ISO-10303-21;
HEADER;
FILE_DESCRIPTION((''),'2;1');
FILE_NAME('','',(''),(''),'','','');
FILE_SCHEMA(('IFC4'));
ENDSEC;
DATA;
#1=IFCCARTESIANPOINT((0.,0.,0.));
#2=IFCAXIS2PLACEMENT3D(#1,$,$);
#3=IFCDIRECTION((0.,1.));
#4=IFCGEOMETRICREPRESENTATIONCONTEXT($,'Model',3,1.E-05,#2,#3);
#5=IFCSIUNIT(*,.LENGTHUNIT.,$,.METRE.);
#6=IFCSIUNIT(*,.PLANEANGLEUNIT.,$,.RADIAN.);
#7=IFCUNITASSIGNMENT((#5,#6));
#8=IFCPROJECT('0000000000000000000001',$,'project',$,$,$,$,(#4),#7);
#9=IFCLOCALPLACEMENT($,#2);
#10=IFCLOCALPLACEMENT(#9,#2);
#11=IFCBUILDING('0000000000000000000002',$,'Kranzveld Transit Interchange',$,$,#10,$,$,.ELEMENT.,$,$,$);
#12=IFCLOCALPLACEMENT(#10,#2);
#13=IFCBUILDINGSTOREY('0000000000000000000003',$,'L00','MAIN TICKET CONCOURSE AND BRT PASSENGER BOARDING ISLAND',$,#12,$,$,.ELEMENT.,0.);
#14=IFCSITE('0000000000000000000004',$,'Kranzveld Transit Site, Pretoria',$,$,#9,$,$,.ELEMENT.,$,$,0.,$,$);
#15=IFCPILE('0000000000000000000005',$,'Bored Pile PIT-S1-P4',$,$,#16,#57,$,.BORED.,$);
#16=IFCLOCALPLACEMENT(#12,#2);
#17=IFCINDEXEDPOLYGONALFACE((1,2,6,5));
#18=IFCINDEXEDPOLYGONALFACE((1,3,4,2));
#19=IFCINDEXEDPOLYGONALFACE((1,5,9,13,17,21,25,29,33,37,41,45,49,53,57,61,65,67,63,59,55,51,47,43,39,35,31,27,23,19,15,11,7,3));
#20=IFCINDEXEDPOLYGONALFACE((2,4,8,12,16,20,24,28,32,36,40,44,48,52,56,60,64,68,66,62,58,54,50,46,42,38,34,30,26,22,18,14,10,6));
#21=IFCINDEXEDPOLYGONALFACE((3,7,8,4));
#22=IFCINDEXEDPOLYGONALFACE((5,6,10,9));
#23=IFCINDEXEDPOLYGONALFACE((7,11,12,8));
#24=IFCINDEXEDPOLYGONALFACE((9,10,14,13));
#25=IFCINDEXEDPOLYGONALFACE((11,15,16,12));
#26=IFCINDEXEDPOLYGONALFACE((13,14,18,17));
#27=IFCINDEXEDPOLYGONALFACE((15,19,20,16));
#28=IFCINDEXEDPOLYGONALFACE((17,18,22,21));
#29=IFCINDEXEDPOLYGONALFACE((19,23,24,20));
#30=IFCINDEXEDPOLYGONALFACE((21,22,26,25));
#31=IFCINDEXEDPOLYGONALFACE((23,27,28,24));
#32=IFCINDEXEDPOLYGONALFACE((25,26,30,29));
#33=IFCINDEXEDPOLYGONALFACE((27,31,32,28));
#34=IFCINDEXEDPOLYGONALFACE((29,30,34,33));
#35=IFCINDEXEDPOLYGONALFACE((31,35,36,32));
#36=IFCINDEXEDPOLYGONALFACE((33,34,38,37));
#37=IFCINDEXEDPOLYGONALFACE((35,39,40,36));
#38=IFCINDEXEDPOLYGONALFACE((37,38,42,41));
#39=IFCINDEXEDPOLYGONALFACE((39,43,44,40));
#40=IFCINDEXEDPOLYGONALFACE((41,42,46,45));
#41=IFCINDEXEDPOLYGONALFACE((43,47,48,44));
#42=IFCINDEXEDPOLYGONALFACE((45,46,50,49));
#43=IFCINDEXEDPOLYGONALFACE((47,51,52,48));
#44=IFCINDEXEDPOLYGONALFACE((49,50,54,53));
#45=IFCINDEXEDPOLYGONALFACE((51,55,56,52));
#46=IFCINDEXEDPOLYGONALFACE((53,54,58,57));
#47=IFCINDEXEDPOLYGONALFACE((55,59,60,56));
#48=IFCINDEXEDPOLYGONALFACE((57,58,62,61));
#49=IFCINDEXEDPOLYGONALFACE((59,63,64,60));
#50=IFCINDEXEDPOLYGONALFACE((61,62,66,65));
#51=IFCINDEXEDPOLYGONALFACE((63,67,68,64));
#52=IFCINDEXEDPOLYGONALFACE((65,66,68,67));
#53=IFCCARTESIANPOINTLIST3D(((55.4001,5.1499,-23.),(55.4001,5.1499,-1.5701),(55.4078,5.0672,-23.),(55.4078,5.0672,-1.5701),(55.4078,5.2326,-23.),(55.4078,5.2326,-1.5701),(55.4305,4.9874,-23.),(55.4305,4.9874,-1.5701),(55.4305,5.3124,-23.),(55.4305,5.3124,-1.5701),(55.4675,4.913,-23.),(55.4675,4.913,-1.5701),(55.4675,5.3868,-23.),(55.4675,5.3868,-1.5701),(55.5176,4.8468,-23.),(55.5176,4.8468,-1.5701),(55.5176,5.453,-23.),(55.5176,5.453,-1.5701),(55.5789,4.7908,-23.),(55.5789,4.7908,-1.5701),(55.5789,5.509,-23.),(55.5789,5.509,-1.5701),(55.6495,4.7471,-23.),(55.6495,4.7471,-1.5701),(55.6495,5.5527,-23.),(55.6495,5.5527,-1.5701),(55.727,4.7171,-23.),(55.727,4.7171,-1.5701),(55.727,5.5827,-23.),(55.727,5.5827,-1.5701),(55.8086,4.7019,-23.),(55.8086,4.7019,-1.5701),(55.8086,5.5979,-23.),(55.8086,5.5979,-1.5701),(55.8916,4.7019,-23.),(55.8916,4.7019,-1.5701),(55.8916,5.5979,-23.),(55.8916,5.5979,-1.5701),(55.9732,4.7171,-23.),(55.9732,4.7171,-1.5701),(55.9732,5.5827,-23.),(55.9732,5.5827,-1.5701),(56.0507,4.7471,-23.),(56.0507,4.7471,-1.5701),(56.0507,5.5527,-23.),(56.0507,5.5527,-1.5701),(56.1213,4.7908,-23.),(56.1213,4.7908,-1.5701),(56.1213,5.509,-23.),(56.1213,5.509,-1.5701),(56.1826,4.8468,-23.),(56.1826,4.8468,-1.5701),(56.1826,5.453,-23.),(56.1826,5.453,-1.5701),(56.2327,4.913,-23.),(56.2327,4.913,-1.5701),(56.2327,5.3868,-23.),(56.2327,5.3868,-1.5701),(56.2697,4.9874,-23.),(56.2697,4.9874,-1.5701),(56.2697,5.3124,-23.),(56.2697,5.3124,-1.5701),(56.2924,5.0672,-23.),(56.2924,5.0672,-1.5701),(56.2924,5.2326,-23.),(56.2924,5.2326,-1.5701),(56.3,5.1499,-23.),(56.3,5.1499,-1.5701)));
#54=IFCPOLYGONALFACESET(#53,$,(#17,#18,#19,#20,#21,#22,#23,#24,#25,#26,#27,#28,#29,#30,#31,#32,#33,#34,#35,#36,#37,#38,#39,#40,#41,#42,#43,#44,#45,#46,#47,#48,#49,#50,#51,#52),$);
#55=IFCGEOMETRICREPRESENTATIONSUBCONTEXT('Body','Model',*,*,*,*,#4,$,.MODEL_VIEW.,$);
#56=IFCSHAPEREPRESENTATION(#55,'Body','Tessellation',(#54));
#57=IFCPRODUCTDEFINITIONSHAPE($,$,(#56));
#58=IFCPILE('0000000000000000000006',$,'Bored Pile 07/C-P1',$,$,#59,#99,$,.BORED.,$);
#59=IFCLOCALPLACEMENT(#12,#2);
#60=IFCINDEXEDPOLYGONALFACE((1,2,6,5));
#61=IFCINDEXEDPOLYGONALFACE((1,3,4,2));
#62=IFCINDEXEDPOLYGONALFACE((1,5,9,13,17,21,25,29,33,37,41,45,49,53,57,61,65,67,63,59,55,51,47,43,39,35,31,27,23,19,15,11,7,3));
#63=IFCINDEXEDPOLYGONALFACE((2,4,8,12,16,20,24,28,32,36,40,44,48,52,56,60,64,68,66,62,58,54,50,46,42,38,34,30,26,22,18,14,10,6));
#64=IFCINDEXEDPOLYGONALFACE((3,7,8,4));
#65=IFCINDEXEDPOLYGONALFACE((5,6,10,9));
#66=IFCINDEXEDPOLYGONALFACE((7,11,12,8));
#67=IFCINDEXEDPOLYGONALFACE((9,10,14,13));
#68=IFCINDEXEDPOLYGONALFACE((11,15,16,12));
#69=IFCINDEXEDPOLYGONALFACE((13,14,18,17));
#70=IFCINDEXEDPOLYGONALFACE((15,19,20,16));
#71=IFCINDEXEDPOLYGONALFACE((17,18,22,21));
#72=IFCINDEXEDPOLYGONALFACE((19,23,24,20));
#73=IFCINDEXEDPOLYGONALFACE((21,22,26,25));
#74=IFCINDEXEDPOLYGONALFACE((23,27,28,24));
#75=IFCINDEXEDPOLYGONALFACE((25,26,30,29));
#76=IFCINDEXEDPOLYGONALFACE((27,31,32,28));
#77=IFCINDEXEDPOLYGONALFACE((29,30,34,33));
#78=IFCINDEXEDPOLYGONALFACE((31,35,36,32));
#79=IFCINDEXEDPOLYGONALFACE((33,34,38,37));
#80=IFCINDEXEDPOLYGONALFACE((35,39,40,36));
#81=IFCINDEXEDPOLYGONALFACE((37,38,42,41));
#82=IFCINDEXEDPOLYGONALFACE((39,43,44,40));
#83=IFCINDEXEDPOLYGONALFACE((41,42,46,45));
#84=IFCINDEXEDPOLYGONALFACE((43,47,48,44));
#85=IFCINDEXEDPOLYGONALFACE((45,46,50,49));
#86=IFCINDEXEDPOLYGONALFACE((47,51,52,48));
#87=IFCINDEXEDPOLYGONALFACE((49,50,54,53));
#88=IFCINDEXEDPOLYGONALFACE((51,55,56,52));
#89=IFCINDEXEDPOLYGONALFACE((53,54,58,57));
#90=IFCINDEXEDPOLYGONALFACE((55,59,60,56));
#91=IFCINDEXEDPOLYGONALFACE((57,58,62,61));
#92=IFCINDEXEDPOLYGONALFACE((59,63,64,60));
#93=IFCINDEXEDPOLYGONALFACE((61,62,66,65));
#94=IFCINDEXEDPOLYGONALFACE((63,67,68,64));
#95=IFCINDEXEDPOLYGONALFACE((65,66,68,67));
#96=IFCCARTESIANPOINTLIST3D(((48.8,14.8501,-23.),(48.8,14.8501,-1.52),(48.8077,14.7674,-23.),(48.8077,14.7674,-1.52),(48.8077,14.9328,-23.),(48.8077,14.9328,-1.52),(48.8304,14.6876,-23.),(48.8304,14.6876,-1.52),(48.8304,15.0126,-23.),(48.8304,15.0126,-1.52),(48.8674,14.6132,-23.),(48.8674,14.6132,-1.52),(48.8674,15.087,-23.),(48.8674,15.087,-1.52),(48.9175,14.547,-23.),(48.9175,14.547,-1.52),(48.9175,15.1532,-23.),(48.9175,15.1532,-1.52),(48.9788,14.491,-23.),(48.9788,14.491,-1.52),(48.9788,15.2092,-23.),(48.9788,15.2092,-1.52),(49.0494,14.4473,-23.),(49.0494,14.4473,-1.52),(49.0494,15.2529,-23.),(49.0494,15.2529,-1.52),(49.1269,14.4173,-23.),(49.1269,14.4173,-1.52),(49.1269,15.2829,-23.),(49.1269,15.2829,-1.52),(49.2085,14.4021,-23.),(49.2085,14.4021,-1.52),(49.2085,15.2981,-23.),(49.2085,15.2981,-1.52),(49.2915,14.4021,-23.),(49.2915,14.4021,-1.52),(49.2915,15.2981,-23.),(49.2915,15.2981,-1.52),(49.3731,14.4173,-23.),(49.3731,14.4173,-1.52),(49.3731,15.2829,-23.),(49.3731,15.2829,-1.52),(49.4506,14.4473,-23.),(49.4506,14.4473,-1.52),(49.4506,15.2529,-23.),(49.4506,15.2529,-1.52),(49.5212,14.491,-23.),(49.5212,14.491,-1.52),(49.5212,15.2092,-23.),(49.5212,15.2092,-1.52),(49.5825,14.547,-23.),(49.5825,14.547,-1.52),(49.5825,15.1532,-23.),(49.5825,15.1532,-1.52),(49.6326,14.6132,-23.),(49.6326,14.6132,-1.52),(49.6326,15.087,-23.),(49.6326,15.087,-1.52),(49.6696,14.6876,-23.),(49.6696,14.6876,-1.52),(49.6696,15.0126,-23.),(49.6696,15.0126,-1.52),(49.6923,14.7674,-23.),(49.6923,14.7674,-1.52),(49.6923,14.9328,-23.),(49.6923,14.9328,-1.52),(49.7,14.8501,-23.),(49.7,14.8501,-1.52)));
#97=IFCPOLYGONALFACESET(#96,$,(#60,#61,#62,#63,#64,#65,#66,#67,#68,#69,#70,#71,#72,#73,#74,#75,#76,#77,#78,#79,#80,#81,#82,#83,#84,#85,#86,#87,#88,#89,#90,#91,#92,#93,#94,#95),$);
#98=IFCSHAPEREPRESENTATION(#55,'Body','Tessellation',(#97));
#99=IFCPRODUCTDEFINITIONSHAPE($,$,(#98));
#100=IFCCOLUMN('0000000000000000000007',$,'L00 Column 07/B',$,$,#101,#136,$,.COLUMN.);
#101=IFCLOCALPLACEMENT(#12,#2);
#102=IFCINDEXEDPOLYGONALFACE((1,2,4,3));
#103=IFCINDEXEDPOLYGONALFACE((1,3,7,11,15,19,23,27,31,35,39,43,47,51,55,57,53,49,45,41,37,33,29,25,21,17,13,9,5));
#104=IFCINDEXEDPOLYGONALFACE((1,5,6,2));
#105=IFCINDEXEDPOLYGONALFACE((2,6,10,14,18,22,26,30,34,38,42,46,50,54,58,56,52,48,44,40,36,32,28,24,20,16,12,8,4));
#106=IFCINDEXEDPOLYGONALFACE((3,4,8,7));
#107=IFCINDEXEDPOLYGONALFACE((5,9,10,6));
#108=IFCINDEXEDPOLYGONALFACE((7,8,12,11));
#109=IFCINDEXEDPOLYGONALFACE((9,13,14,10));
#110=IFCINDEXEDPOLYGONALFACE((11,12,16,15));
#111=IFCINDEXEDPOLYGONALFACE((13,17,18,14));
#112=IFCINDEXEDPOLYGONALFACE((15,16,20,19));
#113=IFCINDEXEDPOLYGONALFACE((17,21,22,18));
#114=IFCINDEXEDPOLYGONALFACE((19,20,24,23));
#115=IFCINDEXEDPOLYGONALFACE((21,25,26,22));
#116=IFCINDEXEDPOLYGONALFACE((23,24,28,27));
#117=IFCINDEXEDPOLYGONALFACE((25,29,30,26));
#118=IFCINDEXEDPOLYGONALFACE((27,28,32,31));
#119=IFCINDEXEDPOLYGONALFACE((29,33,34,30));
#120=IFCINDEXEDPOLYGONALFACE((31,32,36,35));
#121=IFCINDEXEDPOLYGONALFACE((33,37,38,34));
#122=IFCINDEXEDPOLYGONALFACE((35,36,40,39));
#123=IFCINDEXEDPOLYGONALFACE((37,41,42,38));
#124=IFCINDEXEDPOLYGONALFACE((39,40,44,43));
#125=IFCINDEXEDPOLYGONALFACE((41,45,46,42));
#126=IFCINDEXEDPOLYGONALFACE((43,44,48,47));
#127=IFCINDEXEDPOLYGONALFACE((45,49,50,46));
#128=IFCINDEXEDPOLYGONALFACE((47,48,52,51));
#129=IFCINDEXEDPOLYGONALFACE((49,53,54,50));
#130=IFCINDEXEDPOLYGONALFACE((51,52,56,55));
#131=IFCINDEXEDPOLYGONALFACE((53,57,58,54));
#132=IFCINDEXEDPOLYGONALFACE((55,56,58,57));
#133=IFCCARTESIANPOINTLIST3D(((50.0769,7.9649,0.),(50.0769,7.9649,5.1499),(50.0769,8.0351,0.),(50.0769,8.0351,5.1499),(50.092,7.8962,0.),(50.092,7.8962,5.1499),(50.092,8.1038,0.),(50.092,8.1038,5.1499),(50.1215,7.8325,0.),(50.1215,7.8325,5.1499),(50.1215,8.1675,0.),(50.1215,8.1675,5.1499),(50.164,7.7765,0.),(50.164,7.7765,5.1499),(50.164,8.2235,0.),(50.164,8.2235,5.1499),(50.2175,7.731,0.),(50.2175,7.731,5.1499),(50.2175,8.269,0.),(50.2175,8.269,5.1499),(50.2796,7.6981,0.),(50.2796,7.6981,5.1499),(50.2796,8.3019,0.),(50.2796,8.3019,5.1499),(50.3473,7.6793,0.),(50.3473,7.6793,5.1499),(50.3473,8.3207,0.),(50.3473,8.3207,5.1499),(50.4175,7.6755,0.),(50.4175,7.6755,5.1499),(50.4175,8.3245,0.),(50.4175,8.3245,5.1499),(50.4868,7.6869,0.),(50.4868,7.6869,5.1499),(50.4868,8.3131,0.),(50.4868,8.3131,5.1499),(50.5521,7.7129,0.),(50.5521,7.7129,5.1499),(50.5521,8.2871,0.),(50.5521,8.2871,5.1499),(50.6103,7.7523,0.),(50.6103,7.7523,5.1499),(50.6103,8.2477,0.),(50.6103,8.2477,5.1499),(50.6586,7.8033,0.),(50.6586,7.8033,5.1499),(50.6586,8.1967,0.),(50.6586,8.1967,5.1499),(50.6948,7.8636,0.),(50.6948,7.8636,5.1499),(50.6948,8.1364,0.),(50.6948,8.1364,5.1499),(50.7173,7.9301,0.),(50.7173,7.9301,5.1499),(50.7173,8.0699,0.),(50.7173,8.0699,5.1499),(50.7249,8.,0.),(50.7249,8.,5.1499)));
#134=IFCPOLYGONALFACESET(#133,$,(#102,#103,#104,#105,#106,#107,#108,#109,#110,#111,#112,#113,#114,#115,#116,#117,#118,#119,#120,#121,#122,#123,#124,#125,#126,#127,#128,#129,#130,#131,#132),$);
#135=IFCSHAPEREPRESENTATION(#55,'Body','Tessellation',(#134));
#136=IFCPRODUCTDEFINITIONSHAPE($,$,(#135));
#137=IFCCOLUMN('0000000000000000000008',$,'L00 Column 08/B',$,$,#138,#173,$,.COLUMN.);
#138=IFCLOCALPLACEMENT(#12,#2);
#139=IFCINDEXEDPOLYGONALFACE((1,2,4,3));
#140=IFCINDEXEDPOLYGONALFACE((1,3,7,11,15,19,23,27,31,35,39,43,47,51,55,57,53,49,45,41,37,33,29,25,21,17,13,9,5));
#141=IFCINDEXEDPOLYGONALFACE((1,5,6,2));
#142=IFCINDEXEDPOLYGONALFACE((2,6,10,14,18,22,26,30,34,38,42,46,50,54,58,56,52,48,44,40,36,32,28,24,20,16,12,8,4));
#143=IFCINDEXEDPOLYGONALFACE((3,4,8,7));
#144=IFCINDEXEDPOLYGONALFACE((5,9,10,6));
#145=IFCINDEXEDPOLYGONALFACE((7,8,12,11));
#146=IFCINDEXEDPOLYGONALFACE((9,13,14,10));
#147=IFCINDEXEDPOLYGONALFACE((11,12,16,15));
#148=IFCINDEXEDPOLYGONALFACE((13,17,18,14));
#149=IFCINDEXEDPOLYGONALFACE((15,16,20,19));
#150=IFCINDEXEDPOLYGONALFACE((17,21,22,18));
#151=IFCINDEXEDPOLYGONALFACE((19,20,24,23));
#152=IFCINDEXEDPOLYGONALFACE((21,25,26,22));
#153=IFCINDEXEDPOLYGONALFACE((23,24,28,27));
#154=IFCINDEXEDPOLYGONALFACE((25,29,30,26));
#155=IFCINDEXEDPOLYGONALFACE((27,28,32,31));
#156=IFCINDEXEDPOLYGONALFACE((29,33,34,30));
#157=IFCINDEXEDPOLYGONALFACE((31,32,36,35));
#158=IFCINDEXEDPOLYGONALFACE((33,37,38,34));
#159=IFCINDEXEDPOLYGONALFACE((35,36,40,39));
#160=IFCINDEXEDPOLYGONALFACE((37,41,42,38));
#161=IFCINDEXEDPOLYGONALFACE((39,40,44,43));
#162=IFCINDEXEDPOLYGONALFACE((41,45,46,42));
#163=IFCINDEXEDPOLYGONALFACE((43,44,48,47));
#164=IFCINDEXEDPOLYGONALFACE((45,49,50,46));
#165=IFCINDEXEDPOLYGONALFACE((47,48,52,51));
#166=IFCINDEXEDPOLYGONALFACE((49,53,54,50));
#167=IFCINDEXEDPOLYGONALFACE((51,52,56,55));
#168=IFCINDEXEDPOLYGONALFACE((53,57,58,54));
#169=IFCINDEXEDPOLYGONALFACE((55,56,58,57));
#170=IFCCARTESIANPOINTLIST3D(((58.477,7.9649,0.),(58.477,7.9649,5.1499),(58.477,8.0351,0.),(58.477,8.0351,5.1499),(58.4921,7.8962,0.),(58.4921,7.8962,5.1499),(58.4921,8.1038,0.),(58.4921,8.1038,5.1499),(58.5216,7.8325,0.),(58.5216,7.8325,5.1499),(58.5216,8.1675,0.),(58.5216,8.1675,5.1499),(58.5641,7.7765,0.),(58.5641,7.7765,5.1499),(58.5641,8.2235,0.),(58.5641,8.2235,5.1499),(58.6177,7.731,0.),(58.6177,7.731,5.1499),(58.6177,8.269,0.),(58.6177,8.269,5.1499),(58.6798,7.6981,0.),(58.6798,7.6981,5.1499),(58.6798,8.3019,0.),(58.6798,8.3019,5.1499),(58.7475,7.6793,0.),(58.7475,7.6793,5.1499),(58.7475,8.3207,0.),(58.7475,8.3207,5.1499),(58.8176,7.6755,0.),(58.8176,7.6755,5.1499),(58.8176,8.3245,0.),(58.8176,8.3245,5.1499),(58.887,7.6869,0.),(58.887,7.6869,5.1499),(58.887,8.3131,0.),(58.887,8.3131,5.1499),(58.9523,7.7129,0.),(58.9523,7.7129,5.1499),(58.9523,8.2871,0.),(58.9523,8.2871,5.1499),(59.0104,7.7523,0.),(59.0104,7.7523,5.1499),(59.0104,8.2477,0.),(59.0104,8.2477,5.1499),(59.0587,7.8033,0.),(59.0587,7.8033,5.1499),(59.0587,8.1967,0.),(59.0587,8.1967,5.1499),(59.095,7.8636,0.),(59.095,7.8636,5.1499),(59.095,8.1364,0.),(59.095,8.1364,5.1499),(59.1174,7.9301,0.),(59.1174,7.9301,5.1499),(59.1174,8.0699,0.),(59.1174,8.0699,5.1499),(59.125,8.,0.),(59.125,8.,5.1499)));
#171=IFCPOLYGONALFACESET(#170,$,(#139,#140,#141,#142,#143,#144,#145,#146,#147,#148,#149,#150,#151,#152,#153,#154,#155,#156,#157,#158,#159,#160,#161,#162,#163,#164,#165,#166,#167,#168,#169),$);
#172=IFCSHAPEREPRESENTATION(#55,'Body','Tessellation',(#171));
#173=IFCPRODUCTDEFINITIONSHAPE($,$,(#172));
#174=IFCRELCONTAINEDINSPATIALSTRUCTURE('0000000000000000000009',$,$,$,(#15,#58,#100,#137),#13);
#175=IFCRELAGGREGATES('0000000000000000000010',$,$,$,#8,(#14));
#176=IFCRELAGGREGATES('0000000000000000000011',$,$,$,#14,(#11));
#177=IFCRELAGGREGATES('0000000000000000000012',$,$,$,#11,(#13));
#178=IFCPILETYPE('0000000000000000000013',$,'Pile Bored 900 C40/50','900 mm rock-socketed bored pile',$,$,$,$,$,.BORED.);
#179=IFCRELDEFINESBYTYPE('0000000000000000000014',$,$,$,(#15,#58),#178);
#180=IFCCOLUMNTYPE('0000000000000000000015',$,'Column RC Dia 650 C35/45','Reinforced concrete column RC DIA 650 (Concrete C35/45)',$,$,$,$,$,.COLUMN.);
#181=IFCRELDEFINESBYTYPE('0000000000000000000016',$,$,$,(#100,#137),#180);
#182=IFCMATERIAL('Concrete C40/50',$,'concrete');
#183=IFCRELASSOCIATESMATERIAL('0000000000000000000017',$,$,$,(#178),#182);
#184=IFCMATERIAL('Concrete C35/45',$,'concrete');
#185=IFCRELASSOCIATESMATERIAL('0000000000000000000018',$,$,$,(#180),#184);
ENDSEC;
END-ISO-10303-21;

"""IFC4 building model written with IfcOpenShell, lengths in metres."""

from ifc_helpers import new_model, si_unit, direction, frame, origin, origin_2d, place, context, subcontext, project, spatial, circle, extrude, material, material_profile, profile_set, type_object, element, save


model = new_model("IFC4")

# Units and contexts
model_context = context("Model", 3, precision=1e-05, world=origin(), true_north=direction((0.0, 1.0)))
body_context = subcontext(model_context, "Body", "Model", "MODEL_VIEW")
ifc_project = project(units=[si_unit("LENGTHUNIT", "METRE"), si_unit("PLANEANGLEUNIT", "RADIAN")], contexts=[model_context])

# Site, building, storey
site_placement = place(None, origin())
site = spatial("IfcSite", under=ifc_project, at=site_placement, Name="Kranzveld Transit Site, Pretoria", CompositionType="ELEMENT", RefElevation=0.0)
building_placement = place(site_placement, origin())
building = spatial("IfcBuilding", under=site, at=building_placement, Name="Kranzveld Transit Interchange", CompositionType="ELEMENT")
storey_placement = place(building_placement, origin())
storey = spatial("IfcBuildingStorey", under=building, at=storey_placement, Name="L00", Description="MAIN TICKET CONCOURSE AND BRT PASSENGER BOARDING ISLAND", CompositionType="ELEMENT", Elevation=0.0)

# Piles
ifc_material_1 = material(Name="Concrete C40/50", Category="concrete")
ifc_material_profile_1 = material_profile(ifc_material_1, circle(Radius=0.45, at=origin_2d()), Name="BORED PILE 900")
ifc_profile_set_1 = profile_set([ifc_material_profile_1], Name="Concrete C40/50")
pile_type = type_object("IfcPileType", Name="Pile Bored 900 C40/50", Description="900 mm rock-socketed bored pile", PredefinedType="BORED", material=ifc_profile_set_1)
for number, where, z_axis, x_axis, name in (
    (1, (55.8501, 5.1499, -1.5701), (0.0, 0.0, -1.0), (1.0, 0.0, 0.0), "Bored Pile PIT-S1-P4"),
):
    element("IfcPile", number, at=place(storey_placement, frame(where, z_axis=z_axis, x_axis=x_axis)), inside=storey, type_object=pile_type, Name=name, PredefinedType="BORED", context=body_context, shape_type="SweptSolid", body=[
        extrude(circle(Radius=0.45, at=origin_2d()), origin(), (0.0, 0.0, 1.0), 21.4299),
    ])
pile_placement = place(storey_placement, frame((49.25, 14.8501, -1.52), z_axis=(0.0, 0.0, -1.0), x_axis=(1.0, 0.0, 0.0)))
element("IfcPile", 2, at=pile_placement, inside=storey, type_object=pile_type, Name="Bored Pile 07/C-P1", PredefinedType="BORED", context=body_context, shape_type="SweptSolid", body=[
    extrude(circle(Radius=0.45, at=origin_2d()), origin(), (0.0, 0.0, 1.0), 21.48),
])

# Columns
ifc_material_2 = material(Name="Concrete C35/45", Category="concrete")
ifc_material_profile_2 = material_profile(ifc_material_2, circle(Radius=0.325, at=origin_2d()), Name="RC DIA 650")
ifc_profile_set_2 = profile_set([ifc_material_profile_2], Name="Concrete C35/45")
column_type = type_object("IfcColumnType", Name="Column RC Dia 650 C35/45", Description="Reinforced concrete column RC DIA 650 (Concrete C35/45)", PredefinedType="COLUMN", material=ifc_profile_set_2)
for number, where, z_axis, x_axis, name in (
    (3, (50.3999, 8.0, 0.0), (0.0, 0.0, 1.0), (1.0, 0.0, 0.0), "L00 Column 07/B"),
    (4, (58.8, 8.0, 0.0), (0.0, 0.0, 1.0), (1.0, 0.0, 0.0), "L00 Column 08/B"),
):
    element("IfcColumn", number, at=place(storey_placement, frame(where, z_axis=z_axis, x_axis=x_axis)), inside=storey, type_object=column_type, Name=name, PredefinedType="COLUMN", context=body_context, shape_type="SweptSolid", body=[
        extrude(circle(Radius=0.325, at=origin_2d()), origin(), (0.0, 0.0, 1.0), 5.1499),
    ])

save(model, "model.ifc")
